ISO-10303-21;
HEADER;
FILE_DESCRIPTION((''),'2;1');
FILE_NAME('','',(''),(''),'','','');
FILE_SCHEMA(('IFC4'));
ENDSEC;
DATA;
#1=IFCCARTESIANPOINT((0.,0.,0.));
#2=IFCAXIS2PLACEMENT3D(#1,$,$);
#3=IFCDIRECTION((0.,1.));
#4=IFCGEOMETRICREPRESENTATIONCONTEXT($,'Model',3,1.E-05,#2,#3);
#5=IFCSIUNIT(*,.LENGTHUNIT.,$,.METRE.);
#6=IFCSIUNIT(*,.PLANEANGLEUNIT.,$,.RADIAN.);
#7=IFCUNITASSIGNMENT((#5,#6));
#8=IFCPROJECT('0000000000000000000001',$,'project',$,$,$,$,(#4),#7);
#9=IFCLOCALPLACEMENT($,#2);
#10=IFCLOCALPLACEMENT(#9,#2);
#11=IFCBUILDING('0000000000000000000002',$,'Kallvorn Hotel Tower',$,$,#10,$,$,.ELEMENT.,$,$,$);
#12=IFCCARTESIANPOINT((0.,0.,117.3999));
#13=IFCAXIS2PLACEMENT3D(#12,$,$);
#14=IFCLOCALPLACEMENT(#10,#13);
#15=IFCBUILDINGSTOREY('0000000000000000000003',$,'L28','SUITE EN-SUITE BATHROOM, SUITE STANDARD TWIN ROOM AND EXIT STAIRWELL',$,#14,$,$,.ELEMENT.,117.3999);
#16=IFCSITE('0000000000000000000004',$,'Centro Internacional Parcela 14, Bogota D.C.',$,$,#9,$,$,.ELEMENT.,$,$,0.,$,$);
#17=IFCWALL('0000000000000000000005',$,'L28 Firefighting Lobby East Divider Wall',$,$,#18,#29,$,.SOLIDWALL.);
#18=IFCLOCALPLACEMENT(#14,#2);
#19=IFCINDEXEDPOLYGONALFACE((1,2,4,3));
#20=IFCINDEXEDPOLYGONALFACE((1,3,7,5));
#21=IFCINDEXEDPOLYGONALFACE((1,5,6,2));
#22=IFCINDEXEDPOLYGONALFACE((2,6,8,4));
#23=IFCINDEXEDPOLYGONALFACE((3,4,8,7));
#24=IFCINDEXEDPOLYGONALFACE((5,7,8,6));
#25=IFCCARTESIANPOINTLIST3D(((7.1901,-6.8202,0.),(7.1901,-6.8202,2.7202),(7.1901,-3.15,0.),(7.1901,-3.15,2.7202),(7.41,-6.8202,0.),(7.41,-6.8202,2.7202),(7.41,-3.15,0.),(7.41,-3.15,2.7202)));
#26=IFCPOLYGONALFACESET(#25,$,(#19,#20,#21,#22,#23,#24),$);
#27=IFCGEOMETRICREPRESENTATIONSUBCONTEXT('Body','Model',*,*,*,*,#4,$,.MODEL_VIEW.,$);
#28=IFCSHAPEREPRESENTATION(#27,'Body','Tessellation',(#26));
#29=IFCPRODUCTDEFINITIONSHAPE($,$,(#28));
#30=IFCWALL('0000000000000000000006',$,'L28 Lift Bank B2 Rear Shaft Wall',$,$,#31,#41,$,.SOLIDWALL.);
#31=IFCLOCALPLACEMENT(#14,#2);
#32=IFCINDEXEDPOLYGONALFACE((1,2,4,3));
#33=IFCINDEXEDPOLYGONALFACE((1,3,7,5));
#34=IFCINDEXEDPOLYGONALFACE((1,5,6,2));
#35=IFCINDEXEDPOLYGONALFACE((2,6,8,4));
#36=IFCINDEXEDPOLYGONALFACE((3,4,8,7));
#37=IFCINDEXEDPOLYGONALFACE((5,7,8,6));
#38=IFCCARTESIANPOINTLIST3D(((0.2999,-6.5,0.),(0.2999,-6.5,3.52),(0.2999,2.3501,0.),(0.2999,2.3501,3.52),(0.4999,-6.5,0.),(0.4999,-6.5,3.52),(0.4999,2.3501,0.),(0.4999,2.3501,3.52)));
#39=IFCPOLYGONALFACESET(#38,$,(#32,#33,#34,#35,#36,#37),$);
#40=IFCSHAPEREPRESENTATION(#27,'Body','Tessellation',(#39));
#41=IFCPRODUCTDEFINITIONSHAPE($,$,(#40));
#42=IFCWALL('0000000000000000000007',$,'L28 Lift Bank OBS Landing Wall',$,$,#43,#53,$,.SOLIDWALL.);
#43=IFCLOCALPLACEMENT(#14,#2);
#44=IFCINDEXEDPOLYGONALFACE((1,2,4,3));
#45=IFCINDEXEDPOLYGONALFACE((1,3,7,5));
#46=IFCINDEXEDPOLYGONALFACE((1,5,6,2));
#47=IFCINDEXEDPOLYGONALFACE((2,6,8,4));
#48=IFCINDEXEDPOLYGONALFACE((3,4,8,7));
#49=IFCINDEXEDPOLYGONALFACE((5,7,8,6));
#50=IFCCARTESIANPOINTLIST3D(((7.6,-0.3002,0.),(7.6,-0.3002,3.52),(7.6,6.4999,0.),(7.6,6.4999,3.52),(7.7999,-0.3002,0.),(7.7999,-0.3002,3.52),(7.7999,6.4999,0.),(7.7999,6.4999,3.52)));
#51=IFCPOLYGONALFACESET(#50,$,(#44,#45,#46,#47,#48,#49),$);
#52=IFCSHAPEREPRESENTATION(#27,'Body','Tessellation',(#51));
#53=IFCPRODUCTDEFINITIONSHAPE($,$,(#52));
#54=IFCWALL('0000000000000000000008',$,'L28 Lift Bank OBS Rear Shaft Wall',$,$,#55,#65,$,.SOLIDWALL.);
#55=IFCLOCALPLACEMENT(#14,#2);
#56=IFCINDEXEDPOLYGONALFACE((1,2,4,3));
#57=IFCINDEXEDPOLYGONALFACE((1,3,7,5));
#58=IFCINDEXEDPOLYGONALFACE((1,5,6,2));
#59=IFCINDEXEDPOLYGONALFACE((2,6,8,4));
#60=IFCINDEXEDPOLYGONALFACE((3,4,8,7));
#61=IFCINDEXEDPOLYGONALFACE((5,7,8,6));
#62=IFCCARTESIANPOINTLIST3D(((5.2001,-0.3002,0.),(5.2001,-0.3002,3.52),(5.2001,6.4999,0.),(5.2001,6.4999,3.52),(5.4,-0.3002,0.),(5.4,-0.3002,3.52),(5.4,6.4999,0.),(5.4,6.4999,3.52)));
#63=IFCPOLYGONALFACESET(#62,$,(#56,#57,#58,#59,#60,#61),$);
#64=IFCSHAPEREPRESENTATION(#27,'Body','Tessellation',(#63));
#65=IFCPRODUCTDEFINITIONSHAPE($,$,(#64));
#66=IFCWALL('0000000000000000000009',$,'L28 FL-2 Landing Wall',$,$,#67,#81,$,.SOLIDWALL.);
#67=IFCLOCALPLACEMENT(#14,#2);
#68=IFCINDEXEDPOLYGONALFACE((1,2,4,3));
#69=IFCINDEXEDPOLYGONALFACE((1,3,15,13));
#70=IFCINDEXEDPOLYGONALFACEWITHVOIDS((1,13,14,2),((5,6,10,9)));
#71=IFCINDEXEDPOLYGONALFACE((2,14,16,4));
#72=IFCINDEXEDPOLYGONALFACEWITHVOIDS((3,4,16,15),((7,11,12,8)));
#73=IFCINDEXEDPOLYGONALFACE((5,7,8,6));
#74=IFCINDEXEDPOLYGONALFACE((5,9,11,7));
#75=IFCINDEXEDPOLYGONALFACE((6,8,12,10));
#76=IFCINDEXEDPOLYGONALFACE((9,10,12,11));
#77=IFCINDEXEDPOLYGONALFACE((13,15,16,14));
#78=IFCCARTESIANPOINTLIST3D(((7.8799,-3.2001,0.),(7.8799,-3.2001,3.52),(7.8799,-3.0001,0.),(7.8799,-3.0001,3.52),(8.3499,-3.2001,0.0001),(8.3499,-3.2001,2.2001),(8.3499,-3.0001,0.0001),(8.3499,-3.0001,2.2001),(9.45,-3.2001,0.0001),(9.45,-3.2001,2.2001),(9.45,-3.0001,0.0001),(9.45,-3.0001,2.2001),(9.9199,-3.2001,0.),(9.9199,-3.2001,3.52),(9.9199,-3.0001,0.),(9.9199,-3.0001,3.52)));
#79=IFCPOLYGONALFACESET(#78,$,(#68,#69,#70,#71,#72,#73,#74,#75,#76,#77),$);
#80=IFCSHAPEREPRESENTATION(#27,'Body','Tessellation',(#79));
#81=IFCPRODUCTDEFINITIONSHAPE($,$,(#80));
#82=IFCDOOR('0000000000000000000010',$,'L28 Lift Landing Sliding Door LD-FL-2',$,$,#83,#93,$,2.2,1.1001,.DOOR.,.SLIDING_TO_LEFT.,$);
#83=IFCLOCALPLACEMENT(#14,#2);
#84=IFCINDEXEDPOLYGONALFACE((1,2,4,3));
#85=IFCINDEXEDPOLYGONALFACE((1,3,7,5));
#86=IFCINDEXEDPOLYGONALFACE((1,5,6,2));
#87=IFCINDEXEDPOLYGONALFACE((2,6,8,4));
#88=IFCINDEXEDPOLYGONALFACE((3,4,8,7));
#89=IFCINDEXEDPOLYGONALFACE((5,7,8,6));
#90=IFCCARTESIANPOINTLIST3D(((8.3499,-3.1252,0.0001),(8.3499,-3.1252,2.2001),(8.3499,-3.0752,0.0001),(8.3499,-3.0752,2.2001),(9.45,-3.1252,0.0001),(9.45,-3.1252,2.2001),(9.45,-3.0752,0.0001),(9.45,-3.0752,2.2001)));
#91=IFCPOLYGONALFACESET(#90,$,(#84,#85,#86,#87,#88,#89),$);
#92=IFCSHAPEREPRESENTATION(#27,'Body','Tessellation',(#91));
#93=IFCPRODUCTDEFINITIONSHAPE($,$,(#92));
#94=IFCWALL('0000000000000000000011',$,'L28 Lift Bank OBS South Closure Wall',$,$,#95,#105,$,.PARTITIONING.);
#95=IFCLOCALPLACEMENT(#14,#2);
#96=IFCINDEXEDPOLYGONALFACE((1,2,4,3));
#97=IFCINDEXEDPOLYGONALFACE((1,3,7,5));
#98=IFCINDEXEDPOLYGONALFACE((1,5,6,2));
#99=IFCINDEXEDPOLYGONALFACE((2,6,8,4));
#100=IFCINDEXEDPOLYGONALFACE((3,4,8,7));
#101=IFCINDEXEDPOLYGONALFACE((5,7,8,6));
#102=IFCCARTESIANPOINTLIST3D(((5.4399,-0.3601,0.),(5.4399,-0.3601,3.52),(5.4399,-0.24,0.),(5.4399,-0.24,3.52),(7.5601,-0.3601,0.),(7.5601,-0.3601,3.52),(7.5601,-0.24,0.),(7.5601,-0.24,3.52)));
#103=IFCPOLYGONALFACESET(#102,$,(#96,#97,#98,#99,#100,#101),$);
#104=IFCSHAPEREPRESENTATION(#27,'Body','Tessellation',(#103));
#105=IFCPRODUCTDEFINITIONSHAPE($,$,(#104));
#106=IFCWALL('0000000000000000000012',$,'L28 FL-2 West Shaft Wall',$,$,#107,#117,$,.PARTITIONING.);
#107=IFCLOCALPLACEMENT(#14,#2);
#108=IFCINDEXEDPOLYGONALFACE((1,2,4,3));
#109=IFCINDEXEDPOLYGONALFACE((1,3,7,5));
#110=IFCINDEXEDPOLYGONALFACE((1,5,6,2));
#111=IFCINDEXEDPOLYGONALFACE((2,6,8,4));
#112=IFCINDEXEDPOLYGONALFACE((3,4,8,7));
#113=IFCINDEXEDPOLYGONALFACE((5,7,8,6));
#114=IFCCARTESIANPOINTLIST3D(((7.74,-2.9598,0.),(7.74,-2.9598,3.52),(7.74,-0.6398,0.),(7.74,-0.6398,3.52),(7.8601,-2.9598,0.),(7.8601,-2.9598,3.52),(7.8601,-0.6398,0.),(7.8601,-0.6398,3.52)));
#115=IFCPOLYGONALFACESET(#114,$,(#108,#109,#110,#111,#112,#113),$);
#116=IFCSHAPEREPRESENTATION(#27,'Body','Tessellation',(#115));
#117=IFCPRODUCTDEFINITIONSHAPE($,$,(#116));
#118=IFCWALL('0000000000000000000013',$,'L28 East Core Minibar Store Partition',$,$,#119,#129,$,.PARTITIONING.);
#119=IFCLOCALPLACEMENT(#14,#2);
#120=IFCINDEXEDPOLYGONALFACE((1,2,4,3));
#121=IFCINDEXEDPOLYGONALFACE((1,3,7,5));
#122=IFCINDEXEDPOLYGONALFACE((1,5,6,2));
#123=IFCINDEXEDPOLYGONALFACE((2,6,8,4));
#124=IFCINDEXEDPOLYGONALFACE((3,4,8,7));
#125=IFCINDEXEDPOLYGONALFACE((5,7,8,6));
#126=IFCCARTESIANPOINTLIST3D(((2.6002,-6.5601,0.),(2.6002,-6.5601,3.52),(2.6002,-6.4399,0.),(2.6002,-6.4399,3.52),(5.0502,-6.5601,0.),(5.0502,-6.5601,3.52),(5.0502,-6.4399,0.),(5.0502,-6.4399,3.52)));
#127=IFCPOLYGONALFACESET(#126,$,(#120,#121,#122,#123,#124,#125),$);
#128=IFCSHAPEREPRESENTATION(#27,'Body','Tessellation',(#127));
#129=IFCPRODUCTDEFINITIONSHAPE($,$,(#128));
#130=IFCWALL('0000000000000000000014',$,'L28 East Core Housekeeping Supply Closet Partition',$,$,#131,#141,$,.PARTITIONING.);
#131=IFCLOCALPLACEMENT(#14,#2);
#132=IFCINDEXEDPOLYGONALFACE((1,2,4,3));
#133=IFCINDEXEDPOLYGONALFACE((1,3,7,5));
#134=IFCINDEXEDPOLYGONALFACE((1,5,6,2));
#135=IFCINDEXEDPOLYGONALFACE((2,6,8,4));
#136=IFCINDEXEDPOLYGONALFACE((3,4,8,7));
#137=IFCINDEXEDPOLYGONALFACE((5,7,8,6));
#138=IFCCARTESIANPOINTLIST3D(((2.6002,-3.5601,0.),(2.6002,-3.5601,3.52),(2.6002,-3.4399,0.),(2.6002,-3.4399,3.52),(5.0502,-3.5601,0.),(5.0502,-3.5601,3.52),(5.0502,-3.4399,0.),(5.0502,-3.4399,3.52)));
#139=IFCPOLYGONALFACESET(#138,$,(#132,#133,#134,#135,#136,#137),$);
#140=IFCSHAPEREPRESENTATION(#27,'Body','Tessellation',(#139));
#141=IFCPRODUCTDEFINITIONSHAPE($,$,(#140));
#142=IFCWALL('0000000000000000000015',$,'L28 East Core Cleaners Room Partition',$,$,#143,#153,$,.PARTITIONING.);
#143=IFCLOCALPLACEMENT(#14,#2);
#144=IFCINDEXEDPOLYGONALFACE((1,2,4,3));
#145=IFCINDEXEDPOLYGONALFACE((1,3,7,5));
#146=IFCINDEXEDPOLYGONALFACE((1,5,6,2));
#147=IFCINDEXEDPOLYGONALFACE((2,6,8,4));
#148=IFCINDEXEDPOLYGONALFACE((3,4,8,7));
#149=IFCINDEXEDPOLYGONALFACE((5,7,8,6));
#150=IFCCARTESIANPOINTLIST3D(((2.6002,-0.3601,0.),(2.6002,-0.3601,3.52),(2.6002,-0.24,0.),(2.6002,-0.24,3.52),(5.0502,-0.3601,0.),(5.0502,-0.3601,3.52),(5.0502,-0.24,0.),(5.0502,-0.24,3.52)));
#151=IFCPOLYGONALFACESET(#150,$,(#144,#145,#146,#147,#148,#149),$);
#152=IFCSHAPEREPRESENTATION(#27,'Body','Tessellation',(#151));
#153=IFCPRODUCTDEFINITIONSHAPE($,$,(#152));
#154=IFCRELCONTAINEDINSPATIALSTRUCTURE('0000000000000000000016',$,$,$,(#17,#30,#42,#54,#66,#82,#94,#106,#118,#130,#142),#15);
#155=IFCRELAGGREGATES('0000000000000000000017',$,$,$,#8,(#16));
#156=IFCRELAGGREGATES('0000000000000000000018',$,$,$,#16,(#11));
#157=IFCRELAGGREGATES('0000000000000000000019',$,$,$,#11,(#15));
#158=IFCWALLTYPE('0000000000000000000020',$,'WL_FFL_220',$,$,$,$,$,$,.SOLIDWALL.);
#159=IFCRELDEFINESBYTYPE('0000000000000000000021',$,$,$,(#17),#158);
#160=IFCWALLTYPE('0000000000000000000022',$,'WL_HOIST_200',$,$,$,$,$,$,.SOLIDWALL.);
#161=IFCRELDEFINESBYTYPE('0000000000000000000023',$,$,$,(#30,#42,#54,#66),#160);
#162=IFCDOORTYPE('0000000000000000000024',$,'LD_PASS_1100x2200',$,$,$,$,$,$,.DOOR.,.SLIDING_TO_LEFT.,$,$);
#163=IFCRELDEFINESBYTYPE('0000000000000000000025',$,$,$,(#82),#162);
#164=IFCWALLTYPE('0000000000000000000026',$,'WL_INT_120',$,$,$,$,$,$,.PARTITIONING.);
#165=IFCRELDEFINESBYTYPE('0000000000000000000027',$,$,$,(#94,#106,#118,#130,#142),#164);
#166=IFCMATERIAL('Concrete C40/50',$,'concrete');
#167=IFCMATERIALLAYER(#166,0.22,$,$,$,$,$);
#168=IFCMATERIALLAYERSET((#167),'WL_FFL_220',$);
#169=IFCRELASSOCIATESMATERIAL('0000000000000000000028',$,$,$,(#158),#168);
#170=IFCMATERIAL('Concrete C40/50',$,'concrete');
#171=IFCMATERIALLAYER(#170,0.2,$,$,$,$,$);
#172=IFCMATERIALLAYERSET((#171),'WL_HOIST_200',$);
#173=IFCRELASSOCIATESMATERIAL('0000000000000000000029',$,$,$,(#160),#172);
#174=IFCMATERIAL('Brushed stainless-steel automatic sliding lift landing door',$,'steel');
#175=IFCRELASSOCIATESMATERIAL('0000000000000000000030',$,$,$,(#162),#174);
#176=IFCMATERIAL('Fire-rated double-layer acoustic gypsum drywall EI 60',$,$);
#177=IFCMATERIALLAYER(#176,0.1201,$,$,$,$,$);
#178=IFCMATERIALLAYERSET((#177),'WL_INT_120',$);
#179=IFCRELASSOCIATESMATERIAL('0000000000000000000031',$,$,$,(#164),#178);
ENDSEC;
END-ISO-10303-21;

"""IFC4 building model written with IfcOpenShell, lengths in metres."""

from ifc_helpers import new_model, si_unit, direction, frame, frame_2d, origin, place, context, subcontext, project, spatial, rectangle, extrude, material, layer, layer_set, type_object, element, fill, save


model = new_model("IFC4")

# Units and contexts
model_context = context("Model", 3, precision=1e-05, world=origin(), true_north=direction((0.0, 1.0)))
body_context = subcontext(model_context, "Body", "Model", "MODEL_VIEW")
ifc_project = project(units=[si_unit("LENGTHUNIT", "METRE"), si_unit("PLANEANGLEUNIT", "RADIAN")], contexts=[model_context])

# Site, building, storey
site_placement = place(None, origin())
site = spatial("IfcSite", under=ifc_project, at=site_placement, Name="Centro Internacional Parcela 14, Bogota D.C.", CompositionType="ELEMENT", RefElevation=0.0)
building_placement = place(site_placement, origin())
building = spatial("IfcBuilding", under=site, at=building_placement, Name="Kallvorn Hotel Tower", CompositionType="ELEMENT")
storey_placement = place(building_placement, frame((0.0, 0.0, 117.3999)))
storey = spatial("IfcBuildingStorey", under=building, at=storey_placement, Name="L28", Description="SUITE EN-SUITE BATHROOM, SUITE STANDARD TWIN ROOM AND EXIT STAIRWELL", CompositionType="ELEMENT", Elevation=117.3999)

# Walls
ifc_material_1 = material(Name="Concrete C40/50", Category="concrete")
ifc_layer_1 = layer(ifc_material_1, 0.22)
ifc_layer_set_1 = layer_set([ifc_layer_1], Name="WL_FFL_220")
wall_type_1 = type_object("IfcWallType", Name="WL_FFL_220", PredefinedType="SOLIDWALL", material=ifc_layer_set_1)
wall_1_placement = place(storey_placement, frame((7.3, -6.8201, 0.0), z_axis=(0.0, 0.0, 1.0), x_axis=(0.0, 1.0, 0.0)))
element("IfcWall", 1, at=wall_1_placement, inside=storey, type_object=wall_type_1, Name="L28 Firefighting Lobby East Divider Wall", PredefinedType="SOLIDWALL", context=body_context, shape_type="SweptSolid", body=[
    extrude(rectangle(XDim=3.6702, YDim=0.22, at=frame_2d((1.835, 0.0))), origin(), (0.0, 0.0, 1.0), 2.7202),
])
ifc_material_2 = material(Name="Concrete C40/50", Category="concrete")
ifc_layer_2 = layer(ifc_material_2, 0.2)
ifc_layer_set_2 = layer_set([ifc_layer_2], Name="WL_HOIST_200")
wall_type_2 = type_object("IfcWallType", Name="WL_HOIST_200", PredefinedType="SOLIDWALL", material=ifc_layer_set_2)
wall_2_placement = place(storey_placement, frame((0.3999, -6.5, 0.0), z_axis=(0.0, 0.0, 1.0), x_axis=(0.0, 1.0, 0.0)))
element("IfcWall", 2, at=wall_2_placement, inside=storey, type_object=wall_type_2, Name="L28 Lift Bank B2 Rear Shaft Wall", PredefinedType="SOLIDWALL", context=body_context, shape_type="SweptSolid", body=[
    extrude(rectangle(XDim=8.8501, YDim=0.2, at=frame_2d((4.425, 0.0))), origin(), (0.0, 0.0, 1.0), 3.52),
])
for number, where, z_axis, x_axis, name in (
    (3, (7.7, -0.3, 0.0), (0.0, 0.0, 1.0), (0.0, 1.0, 0.0), "L28 Lift Bank OBS Landing Wall"),
    (4, (5.3, -0.3, 0.0), (0.0, 0.0, 1.0), (0.0, 1.0, 0.0), "L28 Lift Bank OBS Rear Shaft Wall"),
):
    element("IfcWall", number, at=place(storey_placement, frame(where, z_axis=z_axis, x_axis=x_axis)), inside=storey, type_object=wall_type_2, Name=name, PredefinedType="SOLIDWALL", context=body_context, shape_type="SweptSolid", body=[
        extrude(rectangle(XDim=6.8, YDim=0.2, at=frame_2d((3.3999, 0.0))), origin(), (0.0, 0.0, 1.0), 3.52),
    ])

# Wall, opening, door
wall_3_placement = place(storey_placement, frame((7.8799, -3.1001, 0.0), z_axis=(0.0, 0.0, 1.0), x_axis=(1.0, 0.0, 0.0)))
wall_3 = element("IfcWall", 5, at=wall_3_placement, inside=storey, type_object=wall_type_2, Name="L28 FL-2 Landing Wall", PredefinedType="SOLIDWALL", context=body_context, shape_type="SweptSolid", body=[
    extrude(rectangle(XDim=2.04, YDim=0.2, at=frame_2d((1.02, 0.0))), origin(), (0.0, 0.0, 1.0), 3.52),
])
opening_1_placement = place(wall_3_placement, frame((0.47, 0.0, 0.0)))
opening_1 = element("IfcOpeningElement", 6, at=opening_1_placement, cuts=wall_3, PredefinedType="OPENING", context=body_context, shape_type="SweptSolid", body=[
    extrude(rectangle(XDim=1.1001, YDim=2.2, at=frame_2d((0.55, 1.1001))), frame((0.0, 0.115, 0.0), z_axis=(0.0, -1.0, 0.0), x_axis=(1.0, 0.0, 0.0)), (0.0, 0.0, 1.0), 0.23),
])
ifc_material_3 = material(Name="Brushed stainless-steel automatic sliding lift landing door", Category="steel")
door_type_1 = type_object("IfcDoorType", Name="LD_PASS_1100x2200", OperationType="SLIDING_TO_LEFT", PredefinedType="DOOR", material=ifc_material_3)
door_1_placement = place(opening_1_placement, origin())
door_1 = element("IfcDoor", 7, at=door_1_placement, inside=storey, type_object=door_type_1, Name="L28 Lift Landing Sliding Door LD-FL-2", OperationType="SLIDING_TO_LEFT", OverallHeight=2.2, OverallWidth=1.1001, PredefinedType="DOOR", context=body_context, shape_type="SweptSolid", body=[
    extrude(rectangle(XDim=1.1001, YDim=2.2, at=frame_2d((0.55, 1.1001))), frame((0.0, 0.0249, 0.0), z_axis=(0.0, -1.0, 0.0), x_axis=(1.0, 0.0, 0.0)), (0.0, 0.0, 1.0), 0.05),
])
fill(opening_1, door_1)

# Walls
ifc_material_4 = material(Name="Fire-rated double-layer acoustic gypsum drywall EI 60")
ifc_layer_3 = layer(ifc_material_4, 0.1201)
ifc_layer_set_3 = layer_set([ifc_layer_3], Name="WL_INT_120")
wall_type_3 = type_object("IfcWallType", Name="WL_INT_120", PredefinedType="PARTITIONING", material=ifc_layer_set_3)
wall_4_placement = place(storey_placement, frame((5.4399, -0.3, 0.0), z_axis=(0.0, 0.0, 1.0), x_axis=(1.0, 0.0, 0.0)))
element("IfcWall", 8, at=wall_4_placement, inside=storey, type_object=wall_type_3, Name="L28 Lift Bank OBS South Closure Wall", PredefinedType="PARTITIONING", context=body_context, shape_type="SweptSolid", body=[
    extrude(rectangle(XDim=2.1201, YDim=0.1201, at=frame_2d((1.0601, 0.0))), origin(), (0.0, 0.0, 1.0), 3.52),
])
wall_5_placement = place(storey_placement, frame((7.8, -2.96, 0.0), z_axis=(0.0, 0.0, 1.0), x_axis=(0.0, 1.0, 0.0)))
element("IfcWall", 9, at=wall_5_placement, inside=storey, type_object=wall_type_3, Name="L28 FL-2 West Shaft Wall", PredefinedType="PARTITIONING", context=body_context, shape_type="SweptSolid", body=[
    extrude(rectangle(XDim=2.3201, YDim=0.1201, at=frame_2d((1.1602, 0.0))), origin(), (0.0, 0.0, 1.0), 3.52),
])
for number, where, z_axis, x_axis, name in (
    (10, (2.6001, -6.5, 0.0), (0.0, 0.0, 1.0), (1.0, 0.0, 0.0), "L28 East Core Minibar Store Partition"),
    (11, (2.6001, -3.5, 0.0), (0.0, 0.0, 1.0), (1.0, 0.0, 0.0), "L28 East Core Housekeeping Supply Closet Partition"),
    (12, (2.6001, -0.3, 0.0), (0.0, 0.0, 1.0), (1.0, 0.0, 0.0), "L28 East Core Cleaners Room Partition"),
):
    element("IfcWall", number, at=place(storey_placement, frame(where, z_axis=z_axis, x_axis=x_axis)), inside=storey, type_object=wall_type_3, Name=name, PredefinedType="PARTITIONING", context=body_context, shape_type="SweptSolid", body=[
        extrude(rectangle(XDim=2.45, YDim=0.1201, at=frame_2d((1.2251, 0.0))), origin(), (0.0, 0.0, 1.0), 3.52),
    ])

save(model, "model.ifc")
